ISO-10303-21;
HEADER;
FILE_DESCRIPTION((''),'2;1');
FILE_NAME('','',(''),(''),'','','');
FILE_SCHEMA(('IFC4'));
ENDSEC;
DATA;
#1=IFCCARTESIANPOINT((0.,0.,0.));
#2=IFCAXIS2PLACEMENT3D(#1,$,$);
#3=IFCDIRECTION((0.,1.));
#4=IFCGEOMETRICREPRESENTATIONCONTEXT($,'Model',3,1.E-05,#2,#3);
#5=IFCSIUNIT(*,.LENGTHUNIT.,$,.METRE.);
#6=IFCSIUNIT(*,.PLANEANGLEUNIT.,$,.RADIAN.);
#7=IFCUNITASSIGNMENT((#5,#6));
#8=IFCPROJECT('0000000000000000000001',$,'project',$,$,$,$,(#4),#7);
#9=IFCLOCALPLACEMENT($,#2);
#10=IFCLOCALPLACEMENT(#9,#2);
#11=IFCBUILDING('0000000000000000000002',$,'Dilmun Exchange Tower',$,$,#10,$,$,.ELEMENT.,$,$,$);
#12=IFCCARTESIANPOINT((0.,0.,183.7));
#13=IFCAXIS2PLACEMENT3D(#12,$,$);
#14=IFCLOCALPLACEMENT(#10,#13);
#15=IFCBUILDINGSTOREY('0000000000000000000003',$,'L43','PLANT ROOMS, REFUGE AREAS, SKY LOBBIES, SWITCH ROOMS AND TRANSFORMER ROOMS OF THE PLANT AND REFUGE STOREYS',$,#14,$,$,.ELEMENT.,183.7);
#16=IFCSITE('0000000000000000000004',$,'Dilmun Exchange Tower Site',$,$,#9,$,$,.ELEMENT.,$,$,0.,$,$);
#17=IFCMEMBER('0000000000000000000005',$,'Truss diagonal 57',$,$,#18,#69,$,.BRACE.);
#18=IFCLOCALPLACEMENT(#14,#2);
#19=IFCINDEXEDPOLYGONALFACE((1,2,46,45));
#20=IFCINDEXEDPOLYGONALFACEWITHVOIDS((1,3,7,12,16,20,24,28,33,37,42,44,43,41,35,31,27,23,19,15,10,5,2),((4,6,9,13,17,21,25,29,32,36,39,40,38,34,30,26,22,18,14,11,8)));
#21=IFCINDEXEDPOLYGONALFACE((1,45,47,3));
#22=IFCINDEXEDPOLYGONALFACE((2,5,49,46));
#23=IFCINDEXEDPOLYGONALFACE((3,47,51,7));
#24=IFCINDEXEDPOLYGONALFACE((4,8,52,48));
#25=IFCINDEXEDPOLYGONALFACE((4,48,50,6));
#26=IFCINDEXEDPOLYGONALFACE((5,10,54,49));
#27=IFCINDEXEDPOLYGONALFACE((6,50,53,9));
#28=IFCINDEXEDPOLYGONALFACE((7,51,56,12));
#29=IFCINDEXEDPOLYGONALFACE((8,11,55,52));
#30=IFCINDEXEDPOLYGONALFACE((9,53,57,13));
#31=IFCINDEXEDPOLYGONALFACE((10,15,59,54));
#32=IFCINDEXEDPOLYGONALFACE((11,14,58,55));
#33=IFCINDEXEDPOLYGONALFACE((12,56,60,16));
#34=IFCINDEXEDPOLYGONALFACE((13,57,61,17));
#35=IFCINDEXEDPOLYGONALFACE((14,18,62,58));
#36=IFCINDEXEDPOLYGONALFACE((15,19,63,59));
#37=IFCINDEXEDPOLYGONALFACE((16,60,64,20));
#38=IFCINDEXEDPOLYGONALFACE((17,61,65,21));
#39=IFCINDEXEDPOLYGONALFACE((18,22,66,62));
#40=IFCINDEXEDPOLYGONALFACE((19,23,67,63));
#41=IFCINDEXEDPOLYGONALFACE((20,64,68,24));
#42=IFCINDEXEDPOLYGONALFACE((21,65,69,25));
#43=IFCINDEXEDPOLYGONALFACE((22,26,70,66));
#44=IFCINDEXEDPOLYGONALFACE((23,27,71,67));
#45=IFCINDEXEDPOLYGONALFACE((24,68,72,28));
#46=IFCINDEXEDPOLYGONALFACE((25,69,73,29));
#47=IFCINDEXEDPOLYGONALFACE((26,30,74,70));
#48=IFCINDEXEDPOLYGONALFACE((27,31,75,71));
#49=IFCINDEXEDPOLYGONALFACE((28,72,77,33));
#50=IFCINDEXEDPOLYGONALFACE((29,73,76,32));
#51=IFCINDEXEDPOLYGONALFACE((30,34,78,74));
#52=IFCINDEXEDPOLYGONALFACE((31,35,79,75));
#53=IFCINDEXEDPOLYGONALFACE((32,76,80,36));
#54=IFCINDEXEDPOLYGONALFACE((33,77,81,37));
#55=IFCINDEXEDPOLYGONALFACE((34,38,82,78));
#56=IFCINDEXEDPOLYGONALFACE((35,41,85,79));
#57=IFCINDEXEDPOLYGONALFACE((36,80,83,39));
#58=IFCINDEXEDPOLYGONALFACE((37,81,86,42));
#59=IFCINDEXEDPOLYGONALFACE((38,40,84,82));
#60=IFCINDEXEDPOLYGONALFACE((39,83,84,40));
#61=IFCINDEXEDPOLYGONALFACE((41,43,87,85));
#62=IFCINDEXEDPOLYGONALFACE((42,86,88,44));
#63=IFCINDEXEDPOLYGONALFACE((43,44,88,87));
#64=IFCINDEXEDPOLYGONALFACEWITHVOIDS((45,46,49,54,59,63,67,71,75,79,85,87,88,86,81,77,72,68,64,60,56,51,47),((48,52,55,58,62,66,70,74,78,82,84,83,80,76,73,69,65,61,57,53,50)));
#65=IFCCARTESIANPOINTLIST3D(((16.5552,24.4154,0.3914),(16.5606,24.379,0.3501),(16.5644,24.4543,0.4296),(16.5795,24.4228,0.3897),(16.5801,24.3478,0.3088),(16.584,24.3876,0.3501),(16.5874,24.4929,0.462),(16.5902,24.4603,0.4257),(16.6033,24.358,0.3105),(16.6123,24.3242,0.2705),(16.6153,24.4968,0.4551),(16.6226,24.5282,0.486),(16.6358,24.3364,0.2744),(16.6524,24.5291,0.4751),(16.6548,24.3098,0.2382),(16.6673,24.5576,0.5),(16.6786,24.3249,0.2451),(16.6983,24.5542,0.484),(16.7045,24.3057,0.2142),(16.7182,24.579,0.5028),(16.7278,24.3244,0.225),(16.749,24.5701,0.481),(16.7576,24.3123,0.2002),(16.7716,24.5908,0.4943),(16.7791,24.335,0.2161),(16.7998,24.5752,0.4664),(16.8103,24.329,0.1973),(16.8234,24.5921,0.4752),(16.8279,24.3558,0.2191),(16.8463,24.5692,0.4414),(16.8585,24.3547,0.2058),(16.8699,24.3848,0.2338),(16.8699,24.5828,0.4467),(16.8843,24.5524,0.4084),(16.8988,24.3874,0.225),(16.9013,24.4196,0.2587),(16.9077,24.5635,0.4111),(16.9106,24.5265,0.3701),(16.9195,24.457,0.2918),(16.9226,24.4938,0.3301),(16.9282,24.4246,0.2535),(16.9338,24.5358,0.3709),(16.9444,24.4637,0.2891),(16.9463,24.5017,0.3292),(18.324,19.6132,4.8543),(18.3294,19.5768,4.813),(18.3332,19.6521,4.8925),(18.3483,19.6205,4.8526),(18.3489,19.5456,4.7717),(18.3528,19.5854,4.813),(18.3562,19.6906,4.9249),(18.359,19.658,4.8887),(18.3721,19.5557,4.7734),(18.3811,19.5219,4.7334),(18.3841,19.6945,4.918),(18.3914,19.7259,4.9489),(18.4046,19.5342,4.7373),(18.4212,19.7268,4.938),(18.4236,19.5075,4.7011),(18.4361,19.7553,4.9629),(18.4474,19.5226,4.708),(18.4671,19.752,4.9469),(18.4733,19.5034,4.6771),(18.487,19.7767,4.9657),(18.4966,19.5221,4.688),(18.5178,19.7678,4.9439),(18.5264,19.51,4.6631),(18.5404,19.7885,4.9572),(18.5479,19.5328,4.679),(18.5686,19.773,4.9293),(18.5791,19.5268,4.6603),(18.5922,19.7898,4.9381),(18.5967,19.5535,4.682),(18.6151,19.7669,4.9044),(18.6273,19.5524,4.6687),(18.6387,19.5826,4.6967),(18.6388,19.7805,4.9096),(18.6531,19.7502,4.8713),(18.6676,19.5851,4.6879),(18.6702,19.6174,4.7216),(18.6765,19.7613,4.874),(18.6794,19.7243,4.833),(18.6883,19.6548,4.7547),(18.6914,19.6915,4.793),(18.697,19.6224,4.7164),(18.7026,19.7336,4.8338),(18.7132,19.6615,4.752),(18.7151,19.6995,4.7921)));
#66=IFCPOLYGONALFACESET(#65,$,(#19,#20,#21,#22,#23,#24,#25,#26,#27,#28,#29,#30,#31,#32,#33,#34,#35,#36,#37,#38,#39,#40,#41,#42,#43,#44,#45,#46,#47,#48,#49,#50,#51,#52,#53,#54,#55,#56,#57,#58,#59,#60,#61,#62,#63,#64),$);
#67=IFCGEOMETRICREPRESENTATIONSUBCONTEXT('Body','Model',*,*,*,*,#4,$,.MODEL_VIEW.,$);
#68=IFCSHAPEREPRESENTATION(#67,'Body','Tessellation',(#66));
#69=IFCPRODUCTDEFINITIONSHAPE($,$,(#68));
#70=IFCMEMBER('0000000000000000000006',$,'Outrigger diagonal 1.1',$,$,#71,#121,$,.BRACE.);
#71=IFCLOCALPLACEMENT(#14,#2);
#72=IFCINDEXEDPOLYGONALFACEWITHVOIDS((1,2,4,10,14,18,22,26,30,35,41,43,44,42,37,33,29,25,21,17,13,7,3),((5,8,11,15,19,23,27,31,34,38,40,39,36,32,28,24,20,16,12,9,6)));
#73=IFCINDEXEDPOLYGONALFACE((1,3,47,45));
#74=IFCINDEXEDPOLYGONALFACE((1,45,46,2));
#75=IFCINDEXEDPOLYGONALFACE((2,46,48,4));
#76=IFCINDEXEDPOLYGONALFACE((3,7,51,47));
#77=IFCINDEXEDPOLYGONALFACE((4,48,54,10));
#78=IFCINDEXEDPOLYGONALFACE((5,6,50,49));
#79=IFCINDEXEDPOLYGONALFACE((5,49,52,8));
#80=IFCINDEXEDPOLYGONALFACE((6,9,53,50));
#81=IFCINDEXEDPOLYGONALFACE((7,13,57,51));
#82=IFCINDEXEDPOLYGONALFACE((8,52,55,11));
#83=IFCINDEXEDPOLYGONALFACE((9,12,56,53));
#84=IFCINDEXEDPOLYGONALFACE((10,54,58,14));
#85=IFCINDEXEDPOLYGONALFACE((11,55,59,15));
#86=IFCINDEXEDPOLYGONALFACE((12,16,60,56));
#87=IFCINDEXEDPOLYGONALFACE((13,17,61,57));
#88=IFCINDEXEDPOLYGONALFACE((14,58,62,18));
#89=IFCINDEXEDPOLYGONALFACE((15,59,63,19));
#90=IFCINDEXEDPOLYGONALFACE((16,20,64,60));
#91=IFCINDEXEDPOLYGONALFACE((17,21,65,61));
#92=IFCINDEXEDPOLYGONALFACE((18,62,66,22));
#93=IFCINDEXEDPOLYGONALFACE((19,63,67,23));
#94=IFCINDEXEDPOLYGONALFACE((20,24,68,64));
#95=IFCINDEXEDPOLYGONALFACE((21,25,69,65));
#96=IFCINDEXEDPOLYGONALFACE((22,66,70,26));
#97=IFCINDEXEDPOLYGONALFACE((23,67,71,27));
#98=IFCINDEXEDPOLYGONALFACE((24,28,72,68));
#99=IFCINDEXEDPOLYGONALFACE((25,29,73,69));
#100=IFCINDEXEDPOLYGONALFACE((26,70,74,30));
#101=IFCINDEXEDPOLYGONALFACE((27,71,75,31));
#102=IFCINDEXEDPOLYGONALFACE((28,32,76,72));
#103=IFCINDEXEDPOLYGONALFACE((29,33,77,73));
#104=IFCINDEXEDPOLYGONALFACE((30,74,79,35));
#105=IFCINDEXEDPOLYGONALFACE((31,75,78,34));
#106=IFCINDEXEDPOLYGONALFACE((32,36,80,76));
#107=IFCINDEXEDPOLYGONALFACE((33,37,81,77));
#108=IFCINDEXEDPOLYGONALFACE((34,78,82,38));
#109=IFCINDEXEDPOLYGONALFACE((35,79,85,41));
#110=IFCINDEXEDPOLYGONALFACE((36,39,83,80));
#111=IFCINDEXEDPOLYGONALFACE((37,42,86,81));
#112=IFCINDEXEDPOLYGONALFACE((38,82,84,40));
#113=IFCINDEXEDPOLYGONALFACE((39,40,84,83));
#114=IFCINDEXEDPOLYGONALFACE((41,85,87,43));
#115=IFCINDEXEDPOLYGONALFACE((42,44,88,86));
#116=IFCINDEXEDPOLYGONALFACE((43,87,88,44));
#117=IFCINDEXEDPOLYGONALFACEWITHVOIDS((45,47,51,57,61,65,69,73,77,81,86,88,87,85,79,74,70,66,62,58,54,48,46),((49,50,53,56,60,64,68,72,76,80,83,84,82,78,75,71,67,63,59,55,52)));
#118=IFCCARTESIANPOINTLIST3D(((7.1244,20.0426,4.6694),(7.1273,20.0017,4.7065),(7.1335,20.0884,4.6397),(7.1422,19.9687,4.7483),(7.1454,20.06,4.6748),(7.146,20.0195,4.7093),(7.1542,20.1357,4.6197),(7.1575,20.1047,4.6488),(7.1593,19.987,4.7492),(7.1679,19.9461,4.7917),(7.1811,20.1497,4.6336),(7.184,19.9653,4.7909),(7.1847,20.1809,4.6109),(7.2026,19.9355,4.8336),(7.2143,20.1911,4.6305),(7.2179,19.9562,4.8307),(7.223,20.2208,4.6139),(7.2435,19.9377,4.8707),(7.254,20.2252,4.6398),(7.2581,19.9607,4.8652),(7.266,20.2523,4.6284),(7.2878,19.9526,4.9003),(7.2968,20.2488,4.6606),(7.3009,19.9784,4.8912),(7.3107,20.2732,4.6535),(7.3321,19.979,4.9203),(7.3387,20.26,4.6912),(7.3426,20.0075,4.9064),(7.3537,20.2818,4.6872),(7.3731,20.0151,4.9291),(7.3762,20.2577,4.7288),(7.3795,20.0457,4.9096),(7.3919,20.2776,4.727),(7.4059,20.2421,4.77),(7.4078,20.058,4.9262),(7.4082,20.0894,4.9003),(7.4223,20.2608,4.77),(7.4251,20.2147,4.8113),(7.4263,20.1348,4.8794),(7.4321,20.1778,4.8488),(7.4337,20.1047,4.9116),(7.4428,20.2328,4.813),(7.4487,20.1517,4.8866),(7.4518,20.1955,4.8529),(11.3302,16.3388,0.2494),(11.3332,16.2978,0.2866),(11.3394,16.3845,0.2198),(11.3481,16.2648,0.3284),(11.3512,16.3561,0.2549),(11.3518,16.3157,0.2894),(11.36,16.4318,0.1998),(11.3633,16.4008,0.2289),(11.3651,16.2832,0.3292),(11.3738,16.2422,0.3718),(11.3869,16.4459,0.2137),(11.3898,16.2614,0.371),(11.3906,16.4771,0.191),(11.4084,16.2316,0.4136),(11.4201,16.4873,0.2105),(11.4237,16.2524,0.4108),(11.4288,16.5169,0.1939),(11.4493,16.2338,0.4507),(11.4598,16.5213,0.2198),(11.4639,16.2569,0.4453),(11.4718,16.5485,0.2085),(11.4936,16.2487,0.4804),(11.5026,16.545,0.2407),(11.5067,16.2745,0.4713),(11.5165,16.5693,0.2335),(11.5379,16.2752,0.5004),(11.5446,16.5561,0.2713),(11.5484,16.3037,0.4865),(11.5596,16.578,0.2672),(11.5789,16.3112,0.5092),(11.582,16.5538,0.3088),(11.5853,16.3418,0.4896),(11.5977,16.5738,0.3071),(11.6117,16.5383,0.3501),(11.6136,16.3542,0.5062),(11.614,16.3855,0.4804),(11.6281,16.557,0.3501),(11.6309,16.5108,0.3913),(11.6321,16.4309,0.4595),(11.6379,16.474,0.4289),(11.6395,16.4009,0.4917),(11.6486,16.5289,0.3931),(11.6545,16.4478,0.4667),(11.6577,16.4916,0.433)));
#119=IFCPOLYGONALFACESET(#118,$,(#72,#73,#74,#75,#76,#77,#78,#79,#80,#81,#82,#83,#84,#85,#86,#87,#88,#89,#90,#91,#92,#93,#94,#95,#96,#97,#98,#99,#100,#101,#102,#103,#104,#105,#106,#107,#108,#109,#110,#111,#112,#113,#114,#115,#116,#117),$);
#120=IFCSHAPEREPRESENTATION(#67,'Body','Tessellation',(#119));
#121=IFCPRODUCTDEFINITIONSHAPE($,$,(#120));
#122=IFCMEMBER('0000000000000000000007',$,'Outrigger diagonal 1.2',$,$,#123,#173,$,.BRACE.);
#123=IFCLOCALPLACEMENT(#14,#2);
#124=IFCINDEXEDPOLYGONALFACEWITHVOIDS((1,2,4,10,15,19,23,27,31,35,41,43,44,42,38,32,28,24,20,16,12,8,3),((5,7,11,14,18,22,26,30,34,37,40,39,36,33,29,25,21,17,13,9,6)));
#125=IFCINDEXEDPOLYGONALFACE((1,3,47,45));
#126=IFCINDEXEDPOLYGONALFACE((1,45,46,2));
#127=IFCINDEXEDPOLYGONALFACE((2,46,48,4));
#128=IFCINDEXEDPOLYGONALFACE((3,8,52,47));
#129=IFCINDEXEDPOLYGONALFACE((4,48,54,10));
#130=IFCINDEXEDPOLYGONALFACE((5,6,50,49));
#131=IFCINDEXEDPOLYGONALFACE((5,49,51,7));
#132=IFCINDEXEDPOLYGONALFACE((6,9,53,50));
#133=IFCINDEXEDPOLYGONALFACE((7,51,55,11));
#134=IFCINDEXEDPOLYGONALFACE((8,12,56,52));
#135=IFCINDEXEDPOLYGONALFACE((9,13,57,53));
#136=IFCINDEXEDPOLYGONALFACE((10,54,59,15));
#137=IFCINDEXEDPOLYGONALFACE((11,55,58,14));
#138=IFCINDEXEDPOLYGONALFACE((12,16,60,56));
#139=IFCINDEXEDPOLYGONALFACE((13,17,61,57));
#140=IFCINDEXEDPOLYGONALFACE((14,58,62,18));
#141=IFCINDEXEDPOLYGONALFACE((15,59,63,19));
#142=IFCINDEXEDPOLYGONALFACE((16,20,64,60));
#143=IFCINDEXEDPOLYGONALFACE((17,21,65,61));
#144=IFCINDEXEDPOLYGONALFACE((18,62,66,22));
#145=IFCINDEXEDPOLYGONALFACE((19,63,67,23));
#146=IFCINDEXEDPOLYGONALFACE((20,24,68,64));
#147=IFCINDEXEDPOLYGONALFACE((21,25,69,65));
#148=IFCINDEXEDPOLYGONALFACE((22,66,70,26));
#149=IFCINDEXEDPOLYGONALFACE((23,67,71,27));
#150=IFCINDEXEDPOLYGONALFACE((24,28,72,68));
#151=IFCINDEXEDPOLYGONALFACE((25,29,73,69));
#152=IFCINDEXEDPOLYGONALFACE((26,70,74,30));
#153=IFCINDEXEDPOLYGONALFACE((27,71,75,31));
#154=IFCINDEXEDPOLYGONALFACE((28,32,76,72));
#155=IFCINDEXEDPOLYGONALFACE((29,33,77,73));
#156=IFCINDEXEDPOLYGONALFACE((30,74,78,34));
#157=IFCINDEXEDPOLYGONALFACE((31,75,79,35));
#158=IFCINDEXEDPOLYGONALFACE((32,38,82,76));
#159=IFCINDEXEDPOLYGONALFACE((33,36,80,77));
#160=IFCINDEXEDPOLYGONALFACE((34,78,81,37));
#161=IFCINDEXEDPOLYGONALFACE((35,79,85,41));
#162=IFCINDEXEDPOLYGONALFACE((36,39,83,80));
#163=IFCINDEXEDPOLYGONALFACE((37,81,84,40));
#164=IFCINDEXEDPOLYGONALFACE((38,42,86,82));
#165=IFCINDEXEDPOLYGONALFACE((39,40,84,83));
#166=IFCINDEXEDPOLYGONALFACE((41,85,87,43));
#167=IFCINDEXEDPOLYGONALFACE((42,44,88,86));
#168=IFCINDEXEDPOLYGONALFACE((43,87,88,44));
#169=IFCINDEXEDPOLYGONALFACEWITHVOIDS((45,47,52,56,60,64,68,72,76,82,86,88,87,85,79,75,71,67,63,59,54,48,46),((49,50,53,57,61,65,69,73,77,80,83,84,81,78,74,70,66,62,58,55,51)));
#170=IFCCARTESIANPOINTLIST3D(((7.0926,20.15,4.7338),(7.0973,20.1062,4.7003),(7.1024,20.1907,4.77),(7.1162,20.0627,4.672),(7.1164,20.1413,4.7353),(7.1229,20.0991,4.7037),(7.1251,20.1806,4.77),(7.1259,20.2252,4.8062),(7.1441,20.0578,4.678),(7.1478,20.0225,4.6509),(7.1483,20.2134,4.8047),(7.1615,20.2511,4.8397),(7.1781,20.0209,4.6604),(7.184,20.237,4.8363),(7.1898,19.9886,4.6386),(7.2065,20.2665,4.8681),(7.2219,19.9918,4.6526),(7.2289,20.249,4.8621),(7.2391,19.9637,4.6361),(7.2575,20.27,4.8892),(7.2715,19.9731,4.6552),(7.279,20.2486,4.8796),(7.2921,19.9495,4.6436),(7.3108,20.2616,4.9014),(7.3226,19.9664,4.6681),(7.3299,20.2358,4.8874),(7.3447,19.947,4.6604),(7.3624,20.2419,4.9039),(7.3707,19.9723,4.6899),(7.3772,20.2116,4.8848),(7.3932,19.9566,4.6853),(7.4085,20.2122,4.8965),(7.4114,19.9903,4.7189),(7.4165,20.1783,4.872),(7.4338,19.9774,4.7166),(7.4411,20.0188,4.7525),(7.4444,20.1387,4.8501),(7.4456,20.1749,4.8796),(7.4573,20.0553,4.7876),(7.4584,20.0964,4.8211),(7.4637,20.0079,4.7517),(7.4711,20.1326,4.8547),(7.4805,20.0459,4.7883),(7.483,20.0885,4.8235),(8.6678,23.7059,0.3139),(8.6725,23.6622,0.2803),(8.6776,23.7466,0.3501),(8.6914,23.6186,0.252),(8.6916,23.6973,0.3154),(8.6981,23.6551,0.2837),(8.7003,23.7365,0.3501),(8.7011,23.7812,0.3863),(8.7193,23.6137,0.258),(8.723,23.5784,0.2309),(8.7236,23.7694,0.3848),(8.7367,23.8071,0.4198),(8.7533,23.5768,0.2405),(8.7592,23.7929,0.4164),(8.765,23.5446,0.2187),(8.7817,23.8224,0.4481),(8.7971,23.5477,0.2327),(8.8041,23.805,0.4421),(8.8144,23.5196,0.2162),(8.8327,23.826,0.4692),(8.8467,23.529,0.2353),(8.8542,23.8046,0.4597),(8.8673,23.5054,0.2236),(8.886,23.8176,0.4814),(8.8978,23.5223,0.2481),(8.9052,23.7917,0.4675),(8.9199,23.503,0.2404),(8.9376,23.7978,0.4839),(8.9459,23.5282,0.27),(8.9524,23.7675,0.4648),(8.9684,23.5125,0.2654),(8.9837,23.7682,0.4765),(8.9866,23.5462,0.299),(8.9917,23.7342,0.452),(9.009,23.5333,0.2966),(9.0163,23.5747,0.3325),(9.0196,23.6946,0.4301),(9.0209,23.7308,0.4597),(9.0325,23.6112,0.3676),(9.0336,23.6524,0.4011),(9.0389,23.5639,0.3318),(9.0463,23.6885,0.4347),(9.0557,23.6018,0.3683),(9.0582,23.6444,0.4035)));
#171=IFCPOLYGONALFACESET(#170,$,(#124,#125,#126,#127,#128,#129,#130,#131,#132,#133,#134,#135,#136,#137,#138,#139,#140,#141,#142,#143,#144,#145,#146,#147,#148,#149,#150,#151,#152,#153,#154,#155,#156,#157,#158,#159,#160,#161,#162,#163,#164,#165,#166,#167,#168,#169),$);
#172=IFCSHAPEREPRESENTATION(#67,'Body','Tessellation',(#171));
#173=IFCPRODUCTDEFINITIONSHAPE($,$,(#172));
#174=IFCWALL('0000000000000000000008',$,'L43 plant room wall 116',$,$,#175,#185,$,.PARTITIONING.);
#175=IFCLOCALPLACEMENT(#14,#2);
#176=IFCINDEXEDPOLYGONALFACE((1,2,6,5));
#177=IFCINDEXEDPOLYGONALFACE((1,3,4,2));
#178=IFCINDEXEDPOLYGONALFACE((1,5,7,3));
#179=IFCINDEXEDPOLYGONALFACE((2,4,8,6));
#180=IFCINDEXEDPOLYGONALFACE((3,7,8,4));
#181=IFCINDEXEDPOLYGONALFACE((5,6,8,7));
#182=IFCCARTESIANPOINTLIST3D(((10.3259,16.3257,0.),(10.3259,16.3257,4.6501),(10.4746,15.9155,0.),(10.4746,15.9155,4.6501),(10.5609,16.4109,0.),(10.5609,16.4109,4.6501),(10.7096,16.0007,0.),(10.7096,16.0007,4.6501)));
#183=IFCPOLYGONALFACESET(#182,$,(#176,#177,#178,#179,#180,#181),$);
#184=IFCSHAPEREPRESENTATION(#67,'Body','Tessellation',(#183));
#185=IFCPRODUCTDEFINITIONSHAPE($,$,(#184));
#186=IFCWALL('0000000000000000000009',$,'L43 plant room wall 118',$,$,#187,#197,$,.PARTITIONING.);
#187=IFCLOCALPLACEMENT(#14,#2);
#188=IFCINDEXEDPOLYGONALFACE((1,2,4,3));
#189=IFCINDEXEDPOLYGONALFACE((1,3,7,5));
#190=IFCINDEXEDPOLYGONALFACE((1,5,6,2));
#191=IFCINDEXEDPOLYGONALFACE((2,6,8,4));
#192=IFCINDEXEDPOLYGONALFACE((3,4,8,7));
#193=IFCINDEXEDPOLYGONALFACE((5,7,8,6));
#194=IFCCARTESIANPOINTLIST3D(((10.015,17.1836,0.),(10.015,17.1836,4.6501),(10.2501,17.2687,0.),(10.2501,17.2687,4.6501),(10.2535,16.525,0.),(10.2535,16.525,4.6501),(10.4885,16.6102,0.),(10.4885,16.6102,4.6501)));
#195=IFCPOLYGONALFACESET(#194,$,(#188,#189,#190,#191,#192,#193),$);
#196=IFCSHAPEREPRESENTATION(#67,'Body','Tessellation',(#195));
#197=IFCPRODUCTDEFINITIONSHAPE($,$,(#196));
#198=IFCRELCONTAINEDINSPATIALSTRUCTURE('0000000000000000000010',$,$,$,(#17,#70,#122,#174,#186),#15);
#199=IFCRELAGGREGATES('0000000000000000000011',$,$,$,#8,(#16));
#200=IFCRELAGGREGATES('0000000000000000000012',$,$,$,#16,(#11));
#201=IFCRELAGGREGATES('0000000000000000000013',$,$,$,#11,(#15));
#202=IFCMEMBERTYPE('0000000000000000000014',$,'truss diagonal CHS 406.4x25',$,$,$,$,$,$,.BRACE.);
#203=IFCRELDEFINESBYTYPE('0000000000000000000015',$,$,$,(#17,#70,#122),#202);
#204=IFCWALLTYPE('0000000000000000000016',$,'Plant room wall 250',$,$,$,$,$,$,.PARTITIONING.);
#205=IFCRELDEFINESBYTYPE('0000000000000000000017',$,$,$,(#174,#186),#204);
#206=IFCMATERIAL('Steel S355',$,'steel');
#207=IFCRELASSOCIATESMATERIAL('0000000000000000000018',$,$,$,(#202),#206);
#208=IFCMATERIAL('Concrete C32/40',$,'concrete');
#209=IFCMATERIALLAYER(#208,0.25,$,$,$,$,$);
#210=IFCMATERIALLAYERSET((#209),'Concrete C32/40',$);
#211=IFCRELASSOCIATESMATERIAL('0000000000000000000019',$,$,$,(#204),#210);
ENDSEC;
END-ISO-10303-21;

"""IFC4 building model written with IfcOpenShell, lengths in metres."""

from ifc_helpers import new_model, si_unit, direction, frame, frame_2d, origin, origin_2d, place, context, subcontext, project, spatial, rectangle, hollow_circle, extrude, material, layer, layer_set, material_profile, profile_set, type_object, element, save


model = new_model("IFC4")

# Units and contexts
model_context = context("Model", 3, precision=1e-05, world=origin(), true_north=direction((0.0, 1.0)))
body_context = subcontext(model_context, "Body", "Model", "MODEL_VIEW")
ifc_project = project(units=[si_unit("LENGTHUNIT", "METRE"), si_unit("PLANEANGLEUNIT", "RADIAN")], contexts=[model_context])

# Site, building, storey
site_placement = place(None, origin())
site = spatial("IfcSite", under=ifc_project, at=site_placement, Name="Dilmun Exchange Tower Site", CompositionType="ELEMENT", RefElevation=0.0)
building_placement = place(site_placement, origin())
building = spatial("IfcBuilding", under=site, at=building_placement, Name="Dilmun Exchange Tower", CompositionType="ELEMENT")
storey_placement = place(building_placement, frame((0.0, 0.0, 183.7)))
storey = spatial("IfcBuildingStorey", under=building, at=storey_placement, Name="L43", Description="PLANT ROOMS, REFUGE AREAS, SKY LOBBIES, SWITCH ROOMS AND TRANSFORMER ROOMS OF THE PLANT AND REFUGE STOREYS", CompositionType="ELEMENT", Elevation=183.7)

# Shared definitions
ifc_material_1 = material(Name="Steel S355", Category="steel")

# Members
ifc_material_profile_1 = material_profile(ifc_material_1, hollow_circle(Radius=0.2031, WallThickness=0.0249, at=origin_2d()), Name="CHS 406.4x25")
ifc_profile_set_1 = profile_set([ifc_material_profile_1], Name="Steel S355")
member_type_1 = type_object("IfcMemberType", Name="truss diagonal CHS 406.4x25", PredefinedType="BRACE", material=ifc_profile_set_1)
member_1_placement = place(storey_placement, frame((18.52, 19.647, 4.813), z_axis=(-0.260491, 0.707226, -0.657249), x_axis=(-0.938372, -0.345628, 0.0)))
element("IfcMember", 1, at=member_1_placement, inside=storey, type_object=member_type_1, Name="Truss diagonal 57", PredefinedType="BRACE", context=body_context, shape_type="SweptSolid", body=[
    extrude(hollow_circle(Radius=0.2031, WallThickness=0.0249, at=origin_2d()), origin(), (0.0, 0.0, 1.0), 6.7903),
])
member_2_placement = place(storey_placement, frame((7.2881, 20.1084, 4.77), z_axis=(0.58926, -0.518933, -0.619258), x_axis=(0.660904, 0.750471, 0.0)))
element("IfcMember", 2, at=member_2_placement, inside=storey, type_object=member_type_1, Name="Outrigger diagonal 1.1", PredefinedType="BRACE", context=body_context, shape_type="SweptSolid", body=[
    extrude(hollow_circle(Radius=0.2031, WallThickness=0.0249, at=origin_2d()), origin(), (0.0, 0.0, 1.0), 7.1375),
])
member_3_placement = place(storey_placement, frame((7.2881, 20.1084, 4.77), z_axis=(0.267554, 0.603987, -0.750743), x_axis=(-0.914308, 0.40502, 0.0)))
element("IfcMember", 3, at=member_3_placement, inside=storey, type_object=member_type_1, Name="Outrigger diagonal 1.2", PredefinedType="BRACE", context=body_context, shape_type="SweptSolid", body=[
    extrude(hollow_circle(Radius=0.2031, WallThickness=0.0249, at=origin_2d()), origin(), (0.0, 0.0, 1.0), 5.8875),
])

# Walls
ifc_material_2 = material(Name="Concrete C32/40", Category="concrete")
ifc_layer_1 = layer(ifc_material_2, 0.25)
ifc_layer_set_1 = layer_set([ifc_layer_1], Name="Concrete C32/40")
wall_type = type_object("IfcWallType", Name="Plant room wall 250", PredefinedType="PARTITIONING", material=ifc_layer_set_1)
wall_1_placement = place(storey_placement, frame((10.4434, 16.3684, 0.0), z_axis=(0.0, 0.0, 1.0), x_axis=(0.340799, -0.940136, 0.0)))
element("IfcWall", 4, at=wall_1_placement, inside=storey, type_object=wall_type, Name="L43 plant room wall 116", PredefinedType="PARTITIONING", context=body_context, shape_type="SweptSolid", body=[
    extrude(rectangle(XDim=0.4363, YDim=0.25, at=frame_2d((0.2183, 0.0))), origin(), (0.0, 0.0, 1.0), 4.6501),
])
wall_2_placement = place(storey_placement, frame((10.1326, 17.2261, 0.0), z_axis=(0.0, 0.0, 1.0), x_axis=(0.340484, -0.94025, 0.0)))
element("IfcWall", 5, at=wall_2_placement, inside=storey, type_object=wall_type, Name="L43 plant room wall 118", PredefinedType="PARTITIONING", context=body_context, shape_type="SweptSolid", body=[
    extrude(rectangle(XDim=0.7004, YDim=0.25, at=frame_2d((0.3501, 0.0))), origin(), (0.0, 0.0, 1.0), 4.6501),
])

save(model, "model.ifc")
